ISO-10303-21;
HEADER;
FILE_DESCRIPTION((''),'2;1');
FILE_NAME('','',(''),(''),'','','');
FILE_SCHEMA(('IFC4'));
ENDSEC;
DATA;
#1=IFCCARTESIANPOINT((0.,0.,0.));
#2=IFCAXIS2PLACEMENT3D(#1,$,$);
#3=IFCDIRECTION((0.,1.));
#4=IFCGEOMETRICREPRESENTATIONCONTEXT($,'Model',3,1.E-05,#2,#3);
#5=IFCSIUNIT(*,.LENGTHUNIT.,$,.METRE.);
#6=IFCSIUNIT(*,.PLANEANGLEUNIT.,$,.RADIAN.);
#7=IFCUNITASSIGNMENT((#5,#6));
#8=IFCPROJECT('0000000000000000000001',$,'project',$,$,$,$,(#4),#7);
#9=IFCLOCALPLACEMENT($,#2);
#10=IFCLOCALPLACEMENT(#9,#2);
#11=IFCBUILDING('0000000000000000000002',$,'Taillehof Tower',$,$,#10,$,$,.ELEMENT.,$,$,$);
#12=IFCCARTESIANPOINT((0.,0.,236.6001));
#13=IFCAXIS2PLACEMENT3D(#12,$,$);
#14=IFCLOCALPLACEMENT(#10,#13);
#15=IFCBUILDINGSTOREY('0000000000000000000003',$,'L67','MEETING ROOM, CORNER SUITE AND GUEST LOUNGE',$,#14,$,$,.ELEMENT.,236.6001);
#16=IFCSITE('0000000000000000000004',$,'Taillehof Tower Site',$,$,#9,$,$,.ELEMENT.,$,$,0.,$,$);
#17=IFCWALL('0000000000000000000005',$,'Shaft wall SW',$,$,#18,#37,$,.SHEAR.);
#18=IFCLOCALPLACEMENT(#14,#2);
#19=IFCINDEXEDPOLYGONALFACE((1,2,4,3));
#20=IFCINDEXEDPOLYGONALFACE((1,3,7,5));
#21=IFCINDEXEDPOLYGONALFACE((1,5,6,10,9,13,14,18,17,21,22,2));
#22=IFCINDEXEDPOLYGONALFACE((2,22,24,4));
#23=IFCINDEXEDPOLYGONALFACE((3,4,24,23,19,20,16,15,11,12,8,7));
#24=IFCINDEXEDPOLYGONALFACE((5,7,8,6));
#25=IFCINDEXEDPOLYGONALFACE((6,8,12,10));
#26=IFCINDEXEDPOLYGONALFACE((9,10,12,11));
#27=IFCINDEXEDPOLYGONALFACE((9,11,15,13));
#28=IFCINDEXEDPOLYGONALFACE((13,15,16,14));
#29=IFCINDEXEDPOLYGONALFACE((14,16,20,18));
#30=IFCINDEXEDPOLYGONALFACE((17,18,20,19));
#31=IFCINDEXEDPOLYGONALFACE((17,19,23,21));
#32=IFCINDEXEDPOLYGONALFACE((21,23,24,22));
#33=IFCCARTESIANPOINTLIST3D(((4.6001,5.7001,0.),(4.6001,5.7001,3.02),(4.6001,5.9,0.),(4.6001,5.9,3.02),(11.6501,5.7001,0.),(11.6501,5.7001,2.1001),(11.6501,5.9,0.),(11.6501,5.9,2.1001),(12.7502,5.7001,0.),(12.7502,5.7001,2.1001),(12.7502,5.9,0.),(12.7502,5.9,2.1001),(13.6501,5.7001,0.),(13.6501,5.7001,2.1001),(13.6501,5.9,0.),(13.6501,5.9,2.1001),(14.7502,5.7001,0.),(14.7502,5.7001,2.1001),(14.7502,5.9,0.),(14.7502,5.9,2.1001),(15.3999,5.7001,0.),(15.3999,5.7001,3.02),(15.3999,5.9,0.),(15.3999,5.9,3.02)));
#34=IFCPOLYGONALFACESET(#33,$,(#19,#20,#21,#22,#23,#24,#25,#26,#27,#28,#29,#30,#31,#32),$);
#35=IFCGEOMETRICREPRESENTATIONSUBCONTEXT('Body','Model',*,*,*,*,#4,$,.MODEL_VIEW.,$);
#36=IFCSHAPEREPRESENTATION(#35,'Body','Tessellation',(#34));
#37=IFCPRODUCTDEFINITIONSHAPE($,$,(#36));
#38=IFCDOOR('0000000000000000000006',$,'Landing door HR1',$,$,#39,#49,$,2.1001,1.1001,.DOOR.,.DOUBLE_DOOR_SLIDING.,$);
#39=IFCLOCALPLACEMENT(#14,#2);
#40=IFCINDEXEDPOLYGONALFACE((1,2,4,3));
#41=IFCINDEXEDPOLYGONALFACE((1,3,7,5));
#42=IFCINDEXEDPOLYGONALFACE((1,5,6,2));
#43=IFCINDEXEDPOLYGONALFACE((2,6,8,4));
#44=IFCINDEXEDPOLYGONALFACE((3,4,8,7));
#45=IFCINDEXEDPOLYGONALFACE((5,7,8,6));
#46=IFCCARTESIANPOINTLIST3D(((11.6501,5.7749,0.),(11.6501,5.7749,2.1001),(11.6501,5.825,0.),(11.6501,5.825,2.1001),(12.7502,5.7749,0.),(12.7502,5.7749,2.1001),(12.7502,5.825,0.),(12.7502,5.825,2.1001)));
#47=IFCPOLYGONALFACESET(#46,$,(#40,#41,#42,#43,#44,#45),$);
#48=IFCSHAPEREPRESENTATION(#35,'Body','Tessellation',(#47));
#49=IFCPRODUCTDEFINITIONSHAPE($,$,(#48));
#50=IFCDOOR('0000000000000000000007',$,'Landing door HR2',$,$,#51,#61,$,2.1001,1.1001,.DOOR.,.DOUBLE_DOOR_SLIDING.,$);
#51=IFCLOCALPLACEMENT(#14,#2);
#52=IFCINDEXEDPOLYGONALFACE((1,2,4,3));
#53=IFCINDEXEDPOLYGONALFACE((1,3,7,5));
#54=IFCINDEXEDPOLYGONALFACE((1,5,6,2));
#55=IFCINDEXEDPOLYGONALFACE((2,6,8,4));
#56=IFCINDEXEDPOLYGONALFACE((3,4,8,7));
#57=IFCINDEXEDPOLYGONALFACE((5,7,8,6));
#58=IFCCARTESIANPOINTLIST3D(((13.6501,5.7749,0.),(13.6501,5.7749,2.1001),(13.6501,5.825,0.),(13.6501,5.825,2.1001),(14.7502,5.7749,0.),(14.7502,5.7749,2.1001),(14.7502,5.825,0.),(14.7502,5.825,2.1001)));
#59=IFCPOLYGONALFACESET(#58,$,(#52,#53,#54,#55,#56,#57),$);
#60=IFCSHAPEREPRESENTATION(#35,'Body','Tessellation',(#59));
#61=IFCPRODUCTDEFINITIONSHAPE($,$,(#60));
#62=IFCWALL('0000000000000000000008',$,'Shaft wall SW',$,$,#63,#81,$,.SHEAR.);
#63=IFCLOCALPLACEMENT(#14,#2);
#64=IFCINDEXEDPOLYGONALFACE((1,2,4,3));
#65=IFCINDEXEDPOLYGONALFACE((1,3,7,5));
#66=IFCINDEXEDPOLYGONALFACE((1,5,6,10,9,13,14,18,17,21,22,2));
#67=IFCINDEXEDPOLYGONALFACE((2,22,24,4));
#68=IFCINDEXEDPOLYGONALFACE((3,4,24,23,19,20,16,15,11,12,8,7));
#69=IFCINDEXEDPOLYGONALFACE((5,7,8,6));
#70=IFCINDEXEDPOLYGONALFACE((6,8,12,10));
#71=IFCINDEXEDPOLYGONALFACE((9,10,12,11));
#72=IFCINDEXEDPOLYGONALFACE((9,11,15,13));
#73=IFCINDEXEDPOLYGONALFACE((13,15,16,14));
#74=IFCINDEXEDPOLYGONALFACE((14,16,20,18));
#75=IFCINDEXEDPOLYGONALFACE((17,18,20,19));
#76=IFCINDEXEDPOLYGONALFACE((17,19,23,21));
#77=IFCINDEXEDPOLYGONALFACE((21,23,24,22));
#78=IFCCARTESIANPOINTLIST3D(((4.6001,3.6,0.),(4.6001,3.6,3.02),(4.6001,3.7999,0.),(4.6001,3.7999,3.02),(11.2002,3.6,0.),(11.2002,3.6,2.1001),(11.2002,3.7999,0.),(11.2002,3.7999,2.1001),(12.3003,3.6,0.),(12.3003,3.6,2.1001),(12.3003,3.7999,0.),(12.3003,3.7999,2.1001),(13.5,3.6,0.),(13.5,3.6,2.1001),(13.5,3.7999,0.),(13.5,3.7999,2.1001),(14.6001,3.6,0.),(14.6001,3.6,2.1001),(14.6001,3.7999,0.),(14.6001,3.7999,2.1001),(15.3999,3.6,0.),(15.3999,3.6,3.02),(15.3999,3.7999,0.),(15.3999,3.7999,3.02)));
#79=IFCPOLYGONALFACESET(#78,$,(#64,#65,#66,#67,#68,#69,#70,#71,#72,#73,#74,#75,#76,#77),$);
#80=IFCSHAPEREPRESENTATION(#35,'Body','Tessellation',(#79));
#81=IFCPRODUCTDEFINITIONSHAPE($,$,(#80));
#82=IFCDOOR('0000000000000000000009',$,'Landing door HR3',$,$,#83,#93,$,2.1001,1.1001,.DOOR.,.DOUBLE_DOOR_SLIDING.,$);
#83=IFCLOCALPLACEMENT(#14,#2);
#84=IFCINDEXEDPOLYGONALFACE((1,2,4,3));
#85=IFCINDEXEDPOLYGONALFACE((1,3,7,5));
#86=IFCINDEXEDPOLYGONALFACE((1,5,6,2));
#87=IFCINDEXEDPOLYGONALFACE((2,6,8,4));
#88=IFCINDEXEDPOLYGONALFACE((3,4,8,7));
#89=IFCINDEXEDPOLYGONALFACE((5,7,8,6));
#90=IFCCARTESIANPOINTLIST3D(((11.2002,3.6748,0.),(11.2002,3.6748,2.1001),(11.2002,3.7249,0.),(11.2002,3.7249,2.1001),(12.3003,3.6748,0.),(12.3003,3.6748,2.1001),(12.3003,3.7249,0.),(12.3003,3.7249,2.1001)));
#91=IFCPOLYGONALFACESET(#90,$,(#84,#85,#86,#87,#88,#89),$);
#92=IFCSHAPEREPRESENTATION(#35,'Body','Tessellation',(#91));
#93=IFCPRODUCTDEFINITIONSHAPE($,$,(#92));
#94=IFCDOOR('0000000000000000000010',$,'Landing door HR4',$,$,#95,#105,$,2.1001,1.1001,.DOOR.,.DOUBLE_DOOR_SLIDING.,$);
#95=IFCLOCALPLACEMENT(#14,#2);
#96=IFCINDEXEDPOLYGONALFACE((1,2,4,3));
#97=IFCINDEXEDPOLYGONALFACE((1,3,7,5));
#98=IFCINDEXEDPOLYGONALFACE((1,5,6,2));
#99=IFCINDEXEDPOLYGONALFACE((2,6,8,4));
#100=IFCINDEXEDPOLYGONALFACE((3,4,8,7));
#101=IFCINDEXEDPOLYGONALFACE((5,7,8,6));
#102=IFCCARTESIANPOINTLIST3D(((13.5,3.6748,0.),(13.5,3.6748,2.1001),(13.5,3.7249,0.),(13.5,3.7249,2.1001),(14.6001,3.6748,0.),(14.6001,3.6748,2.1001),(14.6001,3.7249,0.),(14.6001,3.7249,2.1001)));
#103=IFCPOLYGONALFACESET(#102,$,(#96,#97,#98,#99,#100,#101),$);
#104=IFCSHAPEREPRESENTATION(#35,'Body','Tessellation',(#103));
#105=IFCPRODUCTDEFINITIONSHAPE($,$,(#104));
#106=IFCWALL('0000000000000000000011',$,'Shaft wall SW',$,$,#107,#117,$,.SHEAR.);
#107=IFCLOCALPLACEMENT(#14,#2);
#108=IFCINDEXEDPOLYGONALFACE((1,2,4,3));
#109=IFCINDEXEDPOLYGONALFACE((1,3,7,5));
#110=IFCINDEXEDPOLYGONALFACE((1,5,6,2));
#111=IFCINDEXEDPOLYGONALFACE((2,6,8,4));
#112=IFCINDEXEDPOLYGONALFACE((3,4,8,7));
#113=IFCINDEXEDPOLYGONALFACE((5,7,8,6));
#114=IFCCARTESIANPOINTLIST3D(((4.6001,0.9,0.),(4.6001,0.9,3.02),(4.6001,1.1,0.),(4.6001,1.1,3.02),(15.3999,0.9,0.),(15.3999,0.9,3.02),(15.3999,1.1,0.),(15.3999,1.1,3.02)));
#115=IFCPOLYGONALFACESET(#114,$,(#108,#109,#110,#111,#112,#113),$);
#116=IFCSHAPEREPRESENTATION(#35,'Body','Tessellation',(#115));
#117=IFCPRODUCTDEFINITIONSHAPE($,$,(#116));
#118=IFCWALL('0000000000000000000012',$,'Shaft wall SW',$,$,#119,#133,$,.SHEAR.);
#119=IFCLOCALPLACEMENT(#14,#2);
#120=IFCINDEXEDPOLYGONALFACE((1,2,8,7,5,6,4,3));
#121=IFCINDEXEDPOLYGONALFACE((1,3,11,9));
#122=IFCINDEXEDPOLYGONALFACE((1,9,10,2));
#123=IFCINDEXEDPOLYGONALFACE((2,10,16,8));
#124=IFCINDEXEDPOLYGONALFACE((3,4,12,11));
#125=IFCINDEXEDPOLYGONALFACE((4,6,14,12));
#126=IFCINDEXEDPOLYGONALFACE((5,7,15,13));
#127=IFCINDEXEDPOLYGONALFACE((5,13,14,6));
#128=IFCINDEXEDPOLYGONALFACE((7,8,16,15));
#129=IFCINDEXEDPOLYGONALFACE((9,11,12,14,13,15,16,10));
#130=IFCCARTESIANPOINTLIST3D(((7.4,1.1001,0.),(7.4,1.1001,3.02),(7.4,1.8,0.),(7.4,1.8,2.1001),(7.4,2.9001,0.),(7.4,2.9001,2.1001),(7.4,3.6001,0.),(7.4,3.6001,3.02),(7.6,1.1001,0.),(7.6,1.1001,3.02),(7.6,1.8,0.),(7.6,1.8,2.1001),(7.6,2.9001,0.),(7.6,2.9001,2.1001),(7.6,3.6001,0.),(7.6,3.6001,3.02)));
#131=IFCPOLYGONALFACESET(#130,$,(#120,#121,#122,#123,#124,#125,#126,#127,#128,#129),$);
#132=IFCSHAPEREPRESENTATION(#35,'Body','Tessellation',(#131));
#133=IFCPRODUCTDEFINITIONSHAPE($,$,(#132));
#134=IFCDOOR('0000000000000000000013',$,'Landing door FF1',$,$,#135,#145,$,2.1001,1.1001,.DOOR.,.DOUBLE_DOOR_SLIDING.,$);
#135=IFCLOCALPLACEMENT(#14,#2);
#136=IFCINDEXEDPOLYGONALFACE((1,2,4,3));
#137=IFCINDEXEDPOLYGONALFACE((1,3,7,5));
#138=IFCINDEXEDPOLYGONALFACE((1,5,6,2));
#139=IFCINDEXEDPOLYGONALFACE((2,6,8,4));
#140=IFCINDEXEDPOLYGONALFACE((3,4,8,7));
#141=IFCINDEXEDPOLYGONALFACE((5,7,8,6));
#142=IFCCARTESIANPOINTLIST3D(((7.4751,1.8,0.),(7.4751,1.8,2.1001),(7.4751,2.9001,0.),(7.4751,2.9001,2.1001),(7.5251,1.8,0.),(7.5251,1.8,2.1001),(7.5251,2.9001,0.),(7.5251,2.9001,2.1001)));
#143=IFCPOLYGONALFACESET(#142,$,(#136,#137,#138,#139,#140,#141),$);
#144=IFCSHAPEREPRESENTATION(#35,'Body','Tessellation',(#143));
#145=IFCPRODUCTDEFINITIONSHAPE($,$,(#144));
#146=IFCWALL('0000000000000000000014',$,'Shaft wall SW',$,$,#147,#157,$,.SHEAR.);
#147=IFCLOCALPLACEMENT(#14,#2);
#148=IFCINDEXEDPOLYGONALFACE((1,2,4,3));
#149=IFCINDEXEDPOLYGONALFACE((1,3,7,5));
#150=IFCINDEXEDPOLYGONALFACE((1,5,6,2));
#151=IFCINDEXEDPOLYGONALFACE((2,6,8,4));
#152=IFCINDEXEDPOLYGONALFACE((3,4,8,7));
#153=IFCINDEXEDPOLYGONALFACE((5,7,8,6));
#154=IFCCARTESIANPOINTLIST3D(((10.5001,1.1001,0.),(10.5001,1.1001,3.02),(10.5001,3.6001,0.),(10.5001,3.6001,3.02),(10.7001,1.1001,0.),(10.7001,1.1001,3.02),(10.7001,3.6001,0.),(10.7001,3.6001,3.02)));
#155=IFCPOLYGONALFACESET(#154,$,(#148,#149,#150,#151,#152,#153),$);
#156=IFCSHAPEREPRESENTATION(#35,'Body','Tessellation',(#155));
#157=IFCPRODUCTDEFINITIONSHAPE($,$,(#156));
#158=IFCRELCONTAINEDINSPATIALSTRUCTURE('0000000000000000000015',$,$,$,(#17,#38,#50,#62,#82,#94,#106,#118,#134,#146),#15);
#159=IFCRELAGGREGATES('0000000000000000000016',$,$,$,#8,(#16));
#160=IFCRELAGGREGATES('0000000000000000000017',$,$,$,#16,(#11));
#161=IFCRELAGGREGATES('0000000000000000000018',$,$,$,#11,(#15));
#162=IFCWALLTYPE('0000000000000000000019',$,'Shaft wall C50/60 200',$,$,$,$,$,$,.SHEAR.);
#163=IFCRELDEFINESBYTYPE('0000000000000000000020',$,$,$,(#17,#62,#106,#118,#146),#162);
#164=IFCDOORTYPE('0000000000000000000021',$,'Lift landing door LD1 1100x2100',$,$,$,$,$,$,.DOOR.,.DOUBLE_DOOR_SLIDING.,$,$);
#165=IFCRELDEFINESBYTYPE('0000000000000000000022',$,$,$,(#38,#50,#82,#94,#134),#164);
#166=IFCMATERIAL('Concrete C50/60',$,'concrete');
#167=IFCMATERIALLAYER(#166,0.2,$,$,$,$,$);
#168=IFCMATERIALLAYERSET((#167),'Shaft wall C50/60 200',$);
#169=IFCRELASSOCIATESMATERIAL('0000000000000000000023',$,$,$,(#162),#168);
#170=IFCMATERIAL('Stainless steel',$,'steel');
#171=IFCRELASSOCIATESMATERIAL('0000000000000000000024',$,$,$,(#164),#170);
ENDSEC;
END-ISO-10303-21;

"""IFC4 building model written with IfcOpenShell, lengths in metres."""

from ifc_helpers import new_model, si_unit, direction, frame, frame_2d, origin, place, context, subcontext, project, spatial, rectangle, extrude, material, layer, layer_set, type_object, element, fill, save


model = new_model("IFC4")

# Units and contexts
model_context = context("Model", 3, precision=1e-05, world=origin(), true_north=direction((0.0, 1.0)))
body_context = subcontext(model_context, "Body", "Model", "MODEL_VIEW")
ifc_project = project(units=[si_unit("LENGTHUNIT", "METRE"), si_unit("PLANEANGLEUNIT", "RADIAN")], contexts=[model_context])

# Site, building, storey
site_placement = place(None, origin())
site = spatial("IfcSite", under=ifc_project, at=site_placement, Name="Taillehof Tower Site", CompositionType="ELEMENT", RefElevation=0.0)
building_placement = place(site_placement, origin())
building = spatial("IfcBuilding", under=site, at=building_placement, Name="Taillehof Tower", CompositionType="ELEMENT")
storey_placement = place(building_placement, frame((0.0, 0.0, 236.6001)))
storey = spatial("IfcBuildingStorey", under=building, at=storey_placement, Name="L67", Description="MEETING ROOM, CORNER SUITE AND GUEST LOUNGE", CompositionType="ELEMENT", Elevation=236.6001)

# Walls, openings, doors
ifc_material_1 = material(Name="Concrete C50/60", Category="concrete")
ifc_layer_1 = layer(ifc_material_1, 0.2)
ifc_layer_set_1 = layer_set([ifc_layer_1], Name="Shaft wall C50/60 200")
wall_type_1 = type_object("IfcWallType", Name="Shaft wall C50/60 200", PredefinedType="SHEAR", material=ifc_layer_set_1)
wall_1_placement = place(storey_placement, frame((4.6001, 5.8, 0.0), z_axis=(0.0, 0.0, 1.0), x_axis=(1.0, 0.0, 0.0)))
wall_1 = element("IfcWall", 1, at=wall_1_placement, inside=storey, type_object=wall_type_1, Name="Shaft wall SW", PredefinedType="SHEAR", context=body_context, shape_type="SweptSolid", body=[
    extrude(rectangle(XDim=10.7998, YDim=0.2, at=frame_2d((5.3999, 0.0))), origin(), (0.0, 0.0, 1.0), 3.02),
])
opening_1_placement = place(wall_1_placement, frame((7.05, 0.0, 0.0)))
opening_1 = element("IfcOpeningElement", 2, at=opening_1_placement, cuts=wall_1, PredefinedType="OPENING", context=body_context, shape_type="SweptSolid", body=[
    extrude(rectangle(XDim=1.1001, YDim=2.1001, at=frame_2d((0.55, 1.05))), frame((0.0, 0.1099, 0.0), z_axis=(0.0, -1.0, 0.0), x_axis=(1.0, 0.0, 0.0)), (0.0, 0.0, 1.0), 0.22),
])
opening_2_placement = place(wall_1_placement, frame((9.05, 0.0, 0.0)))
opening_2 = element("IfcOpeningElement", 3, at=opening_2_placement, cuts=wall_1, PredefinedType="OPENING", context=body_context, shape_type="SweptSolid", body=[
    extrude(rectangle(XDim=1.1001, YDim=2.1001, at=frame_2d((0.55, 1.05))), frame((0.0, 0.1099, 0.0), z_axis=(0.0, -1.0, 0.0), x_axis=(1.0, 0.0, 0.0)), (0.0, 0.0, 1.0), 0.22),
])
ifc_material_2 = material(Name="Stainless steel", Category="steel")
door_type_1 = type_object("IfcDoorType", Name="Lift landing door LD1 1100x2100", OperationType="DOUBLE_DOOR_SLIDING", PredefinedType="DOOR", material=ifc_material_2)
door_1_placement = place(opening_1_placement, origin())
door_1 = element("IfcDoor", 4, at=door_1_placement, inside=storey, type_object=door_type_1, Name="Landing door HR1", OperationType="DOUBLE_DOOR_SLIDING", OverallHeight=2.1001, OverallWidth=1.1001, PredefinedType="DOOR", context=body_context, shape_type="SweptSolid", body=[
    extrude(rectangle(XDim=1.1001, YDim=2.1001, at=frame_2d((0.55, 1.05))), frame((0.0, 0.0249, 0.0), z_axis=(0.0, -1.0, 0.0), x_axis=(1.0, 0.0, 0.0)), (0.0, 0.0, 1.0), 0.05),
])
fill(opening_1, door_1)
door_2_placement = place(opening_2_placement, origin())
door_2 = element("IfcDoor", 5, at=door_2_placement, inside=storey, type_object=door_type_1, Name="Landing door HR2", OperationType="DOUBLE_DOOR_SLIDING", OverallHeight=2.1001, OverallWidth=1.1001, PredefinedType="DOOR", context=body_context, shape_type="SweptSolid", body=[
    extrude(rectangle(XDim=1.1001, YDim=2.1001, at=frame_2d((0.55, 1.05))), frame((0.0, 0.0249, 0.0), z_axis=(0.0, -1.0, 0.0), x_axis=(1.0, 0.0, 0.0)), (0.0, 0.0, 1.0), 0.05),
])
fill(opening_2, door_2)
wall_2_placement = place(storey_placement, frame((4.6001, 3.7, 0.0), z_axis=(0.0, 0.0, 1.0), x_axis=(1.0, 0.0, 0.0)))
wall_2 = element("IfcWall", 6, at=wall_2_placement, inside=storey, type_object=wall_type_1, Name="Shaft wall SW", PredefinedType="SHEAR", context=body_context, shape_type="SweptSolid", body=[
    extrude(rectangle(XDim=10.7998, YDim=0.2, at=frame_2d((5.3999, 0.0))), origin(), (0.0, 0.0, 1.0), 3.02),
])
opening_3_placement = place(wall_2_placement, frame((6.6001, 0.0, 0.0)))
opening_3 = element("IfcOpeningElement", 7, at=opening_3_placement, cuts=wall_2, PredefinedType="OPENING", context=body_context, shape_type="SweptSolid", body=[
    extrude(rectangle(XDim=1.1001, YDim=2.1001, at=frame_2d((0.55, 1.05))), frame((0.0, 0.1099, 0.0), z_axis=(0.0, -1.0, 0.0), x_axis=(1.0, 0.0, 0.0)), (0.0, 0.0, 1.0), 0.22),
])
opening_4_placement = place(wall_2_placement, frame((8.8999, 0.0, 0.0)))
opening_4 = element("IfcOpeningElement", 8, at=opening_4_placement, cuts=wall_2, PredefinedType="OPENING", context=body_context, shape_type="SweptSolid", body=[
    extrude(rectangle(XDim=1.1001, YDim=2.1001, at=frame_2d((0.55, 1.05))), frame((0.0, 0.1099, 0.0), z_axis=(0.0, -1.0, 0.0), x_axis=(1.0, 0.0, 0.0)), (0.0, 0.0, 1.0), 0.22),
])
door_3_placement = place(opening_3_placement, origin())
door_3 = element("IfcDoor", 9, at=door_3_placement, inside=storey, type_object=door_type_1, Name="Landing door HR3", OperationType="DOUBLE_DOOR_SLIDING", OverallHeight=2.1001, OverallWidth=1.1001, PredefinedType="DOOR", context=body_context, shape_type="SweptSolid", body=[
    extrude(rectangle(XDim=1.1001, YDim=2.1001, at=frame_2d((0.55, 1.05))), frame((0.0, 0.0249, 0.0), z_axis=(0.0, -1.0, 0.0), x_axis=(1.0, 0.0, 0.0)), (0.0, 0.0, 1.0), 0.05),
])
fill(opening_3, door_3)
door_4_placement = place(opening_4_placement, origin())
door_4 = element("IfcDoor", 10, at=door_4_placement, inside=storey, type_object=door_type_1, Name="Landing door HR4", OperationType="DOUBLE_DOOR_SLIDING", OverallHeight=2.1001, OverallWidth=1.1001, PredefinedType="DOOR", context=body_context, shape_type="SweptSolid", body=[
    extrude(rectangle(XDim=1.1001, YDim=2.1001, at=frame_2d((0.55, 1.05))), frame((0.0, 0.0249, 0.0), z_axis=(0.0, -1.0, 0.0), x_axis=(1.0, 0.0, 0.0)), (0.0, 0.0, 1.0), 0.05),
])
fill(opening_4, door_4)

# Wall
wall_3_placement = place(storey_placement, frame((4.6001, 1.0, 0.0), z_axis=(0.0, 0.0, 1.0), x_axis=(1.0, 0.0, 0.0)))
element("IfcWall", 11, at=wall_3_placement, inside=storey, type_object=wall_type_1, Name="Shaft wall SW", PredefinedType="SHEAR", context=body_context, shape_type="SweptSolid", body=[
    extrude(rectangle(XDim=10.7998, YDim=0.2, at=frame_2d((5.3999, 0.0))), origin(), (0.0, 0.0, 1.0), 3.02),
])

# Wall, opening, door
wall_4_placement = place(storey_placement, frame((7.5, 1.1001, 0.0), z_axis=(0.0, 0.0, 1.0), x_axis=(0.0, 1.0, 0.0)))
wall_4 = element("IfcWall", 12, at=wall_4_placement, inside=storey, type_object=wall_type_1, Name="Shaft wall SW", PredefinedType="SHEAR", context=body_context, shape_type="SweptSolid", body=[
    extrude(rectangle(XDim=2.5, YDim=0.2, at=frame_2d((1.25, 0.0))), origin(), (0.0, 0.0, 1.0), 3.02),
])
opening_5_placement = place(wall_4_placement, frame((0.7, 0.0, 0.0)))
opening_5 = element("IfcOpeningElement", 13, at=opening_5_placement, cuts=wall_4, PredefinedType="OPENING", context=body_context, shape_type="SweptSolid", body=[
    extrude(rectangle(XDim=1.1001, YDim=2.1001, at=frame_2d((0.55, 1.05))), frame((0.0, 0.1099, 0.0), z_axis=(0.0, -1.0, 0.0), x_axis=(1.0, 0.0, 0.0)), (0.0, 0.0, 1.0), 0.22),
])
door_5_placement = place(opening_5_placement, origin())
door_5 = element("IfcDoor", 14, at=door_5_placement, inside=storey, type_object=door_type_1, Name="Landing door FF1", OperationType="DOUBLE_DOOR_SLIDING", OverallHeight=2.1001, OverallWidth=1.1001, PredefinedType="DOOR", context=body_context, shape_type="SweptSolid", body=[
    extrude(rectangle(XDim=1.1001, YDim=2.1001, at=frame_2d((0.55, 1.05))), frame((0.0, 0.0249, 0.0), z_axis=(0.0, -1.0, 0.0), x_axis=(1.0, 0.0, 0.0)), (0.0, 0.0, 1.0), 0.05),
])
fill(opening_5, door_5)

# Wall
wall_5_placement = place(storey_placement, frame((10.6001, 1.1001, 0.0), z_axis=(0.0, 0.0, 1.0), x_axis=(0.0, 1.0, 0.0)))
element("IfcWall", 15, at=wall_5_placement, inside=storey, type_object=wall_type_1, Name="Shaft wall SW", PredefinedType="SHEAR", context=body_context, shape_type="SweptSolid", body=[
    extrude(rectangle(XDim=2.5, YDim=0.2, at=frame_2d((1.25, 0.0))), origin(), (0.0, 0.0, 1.0), 3.02),
])

save(model, "model.ifc")
